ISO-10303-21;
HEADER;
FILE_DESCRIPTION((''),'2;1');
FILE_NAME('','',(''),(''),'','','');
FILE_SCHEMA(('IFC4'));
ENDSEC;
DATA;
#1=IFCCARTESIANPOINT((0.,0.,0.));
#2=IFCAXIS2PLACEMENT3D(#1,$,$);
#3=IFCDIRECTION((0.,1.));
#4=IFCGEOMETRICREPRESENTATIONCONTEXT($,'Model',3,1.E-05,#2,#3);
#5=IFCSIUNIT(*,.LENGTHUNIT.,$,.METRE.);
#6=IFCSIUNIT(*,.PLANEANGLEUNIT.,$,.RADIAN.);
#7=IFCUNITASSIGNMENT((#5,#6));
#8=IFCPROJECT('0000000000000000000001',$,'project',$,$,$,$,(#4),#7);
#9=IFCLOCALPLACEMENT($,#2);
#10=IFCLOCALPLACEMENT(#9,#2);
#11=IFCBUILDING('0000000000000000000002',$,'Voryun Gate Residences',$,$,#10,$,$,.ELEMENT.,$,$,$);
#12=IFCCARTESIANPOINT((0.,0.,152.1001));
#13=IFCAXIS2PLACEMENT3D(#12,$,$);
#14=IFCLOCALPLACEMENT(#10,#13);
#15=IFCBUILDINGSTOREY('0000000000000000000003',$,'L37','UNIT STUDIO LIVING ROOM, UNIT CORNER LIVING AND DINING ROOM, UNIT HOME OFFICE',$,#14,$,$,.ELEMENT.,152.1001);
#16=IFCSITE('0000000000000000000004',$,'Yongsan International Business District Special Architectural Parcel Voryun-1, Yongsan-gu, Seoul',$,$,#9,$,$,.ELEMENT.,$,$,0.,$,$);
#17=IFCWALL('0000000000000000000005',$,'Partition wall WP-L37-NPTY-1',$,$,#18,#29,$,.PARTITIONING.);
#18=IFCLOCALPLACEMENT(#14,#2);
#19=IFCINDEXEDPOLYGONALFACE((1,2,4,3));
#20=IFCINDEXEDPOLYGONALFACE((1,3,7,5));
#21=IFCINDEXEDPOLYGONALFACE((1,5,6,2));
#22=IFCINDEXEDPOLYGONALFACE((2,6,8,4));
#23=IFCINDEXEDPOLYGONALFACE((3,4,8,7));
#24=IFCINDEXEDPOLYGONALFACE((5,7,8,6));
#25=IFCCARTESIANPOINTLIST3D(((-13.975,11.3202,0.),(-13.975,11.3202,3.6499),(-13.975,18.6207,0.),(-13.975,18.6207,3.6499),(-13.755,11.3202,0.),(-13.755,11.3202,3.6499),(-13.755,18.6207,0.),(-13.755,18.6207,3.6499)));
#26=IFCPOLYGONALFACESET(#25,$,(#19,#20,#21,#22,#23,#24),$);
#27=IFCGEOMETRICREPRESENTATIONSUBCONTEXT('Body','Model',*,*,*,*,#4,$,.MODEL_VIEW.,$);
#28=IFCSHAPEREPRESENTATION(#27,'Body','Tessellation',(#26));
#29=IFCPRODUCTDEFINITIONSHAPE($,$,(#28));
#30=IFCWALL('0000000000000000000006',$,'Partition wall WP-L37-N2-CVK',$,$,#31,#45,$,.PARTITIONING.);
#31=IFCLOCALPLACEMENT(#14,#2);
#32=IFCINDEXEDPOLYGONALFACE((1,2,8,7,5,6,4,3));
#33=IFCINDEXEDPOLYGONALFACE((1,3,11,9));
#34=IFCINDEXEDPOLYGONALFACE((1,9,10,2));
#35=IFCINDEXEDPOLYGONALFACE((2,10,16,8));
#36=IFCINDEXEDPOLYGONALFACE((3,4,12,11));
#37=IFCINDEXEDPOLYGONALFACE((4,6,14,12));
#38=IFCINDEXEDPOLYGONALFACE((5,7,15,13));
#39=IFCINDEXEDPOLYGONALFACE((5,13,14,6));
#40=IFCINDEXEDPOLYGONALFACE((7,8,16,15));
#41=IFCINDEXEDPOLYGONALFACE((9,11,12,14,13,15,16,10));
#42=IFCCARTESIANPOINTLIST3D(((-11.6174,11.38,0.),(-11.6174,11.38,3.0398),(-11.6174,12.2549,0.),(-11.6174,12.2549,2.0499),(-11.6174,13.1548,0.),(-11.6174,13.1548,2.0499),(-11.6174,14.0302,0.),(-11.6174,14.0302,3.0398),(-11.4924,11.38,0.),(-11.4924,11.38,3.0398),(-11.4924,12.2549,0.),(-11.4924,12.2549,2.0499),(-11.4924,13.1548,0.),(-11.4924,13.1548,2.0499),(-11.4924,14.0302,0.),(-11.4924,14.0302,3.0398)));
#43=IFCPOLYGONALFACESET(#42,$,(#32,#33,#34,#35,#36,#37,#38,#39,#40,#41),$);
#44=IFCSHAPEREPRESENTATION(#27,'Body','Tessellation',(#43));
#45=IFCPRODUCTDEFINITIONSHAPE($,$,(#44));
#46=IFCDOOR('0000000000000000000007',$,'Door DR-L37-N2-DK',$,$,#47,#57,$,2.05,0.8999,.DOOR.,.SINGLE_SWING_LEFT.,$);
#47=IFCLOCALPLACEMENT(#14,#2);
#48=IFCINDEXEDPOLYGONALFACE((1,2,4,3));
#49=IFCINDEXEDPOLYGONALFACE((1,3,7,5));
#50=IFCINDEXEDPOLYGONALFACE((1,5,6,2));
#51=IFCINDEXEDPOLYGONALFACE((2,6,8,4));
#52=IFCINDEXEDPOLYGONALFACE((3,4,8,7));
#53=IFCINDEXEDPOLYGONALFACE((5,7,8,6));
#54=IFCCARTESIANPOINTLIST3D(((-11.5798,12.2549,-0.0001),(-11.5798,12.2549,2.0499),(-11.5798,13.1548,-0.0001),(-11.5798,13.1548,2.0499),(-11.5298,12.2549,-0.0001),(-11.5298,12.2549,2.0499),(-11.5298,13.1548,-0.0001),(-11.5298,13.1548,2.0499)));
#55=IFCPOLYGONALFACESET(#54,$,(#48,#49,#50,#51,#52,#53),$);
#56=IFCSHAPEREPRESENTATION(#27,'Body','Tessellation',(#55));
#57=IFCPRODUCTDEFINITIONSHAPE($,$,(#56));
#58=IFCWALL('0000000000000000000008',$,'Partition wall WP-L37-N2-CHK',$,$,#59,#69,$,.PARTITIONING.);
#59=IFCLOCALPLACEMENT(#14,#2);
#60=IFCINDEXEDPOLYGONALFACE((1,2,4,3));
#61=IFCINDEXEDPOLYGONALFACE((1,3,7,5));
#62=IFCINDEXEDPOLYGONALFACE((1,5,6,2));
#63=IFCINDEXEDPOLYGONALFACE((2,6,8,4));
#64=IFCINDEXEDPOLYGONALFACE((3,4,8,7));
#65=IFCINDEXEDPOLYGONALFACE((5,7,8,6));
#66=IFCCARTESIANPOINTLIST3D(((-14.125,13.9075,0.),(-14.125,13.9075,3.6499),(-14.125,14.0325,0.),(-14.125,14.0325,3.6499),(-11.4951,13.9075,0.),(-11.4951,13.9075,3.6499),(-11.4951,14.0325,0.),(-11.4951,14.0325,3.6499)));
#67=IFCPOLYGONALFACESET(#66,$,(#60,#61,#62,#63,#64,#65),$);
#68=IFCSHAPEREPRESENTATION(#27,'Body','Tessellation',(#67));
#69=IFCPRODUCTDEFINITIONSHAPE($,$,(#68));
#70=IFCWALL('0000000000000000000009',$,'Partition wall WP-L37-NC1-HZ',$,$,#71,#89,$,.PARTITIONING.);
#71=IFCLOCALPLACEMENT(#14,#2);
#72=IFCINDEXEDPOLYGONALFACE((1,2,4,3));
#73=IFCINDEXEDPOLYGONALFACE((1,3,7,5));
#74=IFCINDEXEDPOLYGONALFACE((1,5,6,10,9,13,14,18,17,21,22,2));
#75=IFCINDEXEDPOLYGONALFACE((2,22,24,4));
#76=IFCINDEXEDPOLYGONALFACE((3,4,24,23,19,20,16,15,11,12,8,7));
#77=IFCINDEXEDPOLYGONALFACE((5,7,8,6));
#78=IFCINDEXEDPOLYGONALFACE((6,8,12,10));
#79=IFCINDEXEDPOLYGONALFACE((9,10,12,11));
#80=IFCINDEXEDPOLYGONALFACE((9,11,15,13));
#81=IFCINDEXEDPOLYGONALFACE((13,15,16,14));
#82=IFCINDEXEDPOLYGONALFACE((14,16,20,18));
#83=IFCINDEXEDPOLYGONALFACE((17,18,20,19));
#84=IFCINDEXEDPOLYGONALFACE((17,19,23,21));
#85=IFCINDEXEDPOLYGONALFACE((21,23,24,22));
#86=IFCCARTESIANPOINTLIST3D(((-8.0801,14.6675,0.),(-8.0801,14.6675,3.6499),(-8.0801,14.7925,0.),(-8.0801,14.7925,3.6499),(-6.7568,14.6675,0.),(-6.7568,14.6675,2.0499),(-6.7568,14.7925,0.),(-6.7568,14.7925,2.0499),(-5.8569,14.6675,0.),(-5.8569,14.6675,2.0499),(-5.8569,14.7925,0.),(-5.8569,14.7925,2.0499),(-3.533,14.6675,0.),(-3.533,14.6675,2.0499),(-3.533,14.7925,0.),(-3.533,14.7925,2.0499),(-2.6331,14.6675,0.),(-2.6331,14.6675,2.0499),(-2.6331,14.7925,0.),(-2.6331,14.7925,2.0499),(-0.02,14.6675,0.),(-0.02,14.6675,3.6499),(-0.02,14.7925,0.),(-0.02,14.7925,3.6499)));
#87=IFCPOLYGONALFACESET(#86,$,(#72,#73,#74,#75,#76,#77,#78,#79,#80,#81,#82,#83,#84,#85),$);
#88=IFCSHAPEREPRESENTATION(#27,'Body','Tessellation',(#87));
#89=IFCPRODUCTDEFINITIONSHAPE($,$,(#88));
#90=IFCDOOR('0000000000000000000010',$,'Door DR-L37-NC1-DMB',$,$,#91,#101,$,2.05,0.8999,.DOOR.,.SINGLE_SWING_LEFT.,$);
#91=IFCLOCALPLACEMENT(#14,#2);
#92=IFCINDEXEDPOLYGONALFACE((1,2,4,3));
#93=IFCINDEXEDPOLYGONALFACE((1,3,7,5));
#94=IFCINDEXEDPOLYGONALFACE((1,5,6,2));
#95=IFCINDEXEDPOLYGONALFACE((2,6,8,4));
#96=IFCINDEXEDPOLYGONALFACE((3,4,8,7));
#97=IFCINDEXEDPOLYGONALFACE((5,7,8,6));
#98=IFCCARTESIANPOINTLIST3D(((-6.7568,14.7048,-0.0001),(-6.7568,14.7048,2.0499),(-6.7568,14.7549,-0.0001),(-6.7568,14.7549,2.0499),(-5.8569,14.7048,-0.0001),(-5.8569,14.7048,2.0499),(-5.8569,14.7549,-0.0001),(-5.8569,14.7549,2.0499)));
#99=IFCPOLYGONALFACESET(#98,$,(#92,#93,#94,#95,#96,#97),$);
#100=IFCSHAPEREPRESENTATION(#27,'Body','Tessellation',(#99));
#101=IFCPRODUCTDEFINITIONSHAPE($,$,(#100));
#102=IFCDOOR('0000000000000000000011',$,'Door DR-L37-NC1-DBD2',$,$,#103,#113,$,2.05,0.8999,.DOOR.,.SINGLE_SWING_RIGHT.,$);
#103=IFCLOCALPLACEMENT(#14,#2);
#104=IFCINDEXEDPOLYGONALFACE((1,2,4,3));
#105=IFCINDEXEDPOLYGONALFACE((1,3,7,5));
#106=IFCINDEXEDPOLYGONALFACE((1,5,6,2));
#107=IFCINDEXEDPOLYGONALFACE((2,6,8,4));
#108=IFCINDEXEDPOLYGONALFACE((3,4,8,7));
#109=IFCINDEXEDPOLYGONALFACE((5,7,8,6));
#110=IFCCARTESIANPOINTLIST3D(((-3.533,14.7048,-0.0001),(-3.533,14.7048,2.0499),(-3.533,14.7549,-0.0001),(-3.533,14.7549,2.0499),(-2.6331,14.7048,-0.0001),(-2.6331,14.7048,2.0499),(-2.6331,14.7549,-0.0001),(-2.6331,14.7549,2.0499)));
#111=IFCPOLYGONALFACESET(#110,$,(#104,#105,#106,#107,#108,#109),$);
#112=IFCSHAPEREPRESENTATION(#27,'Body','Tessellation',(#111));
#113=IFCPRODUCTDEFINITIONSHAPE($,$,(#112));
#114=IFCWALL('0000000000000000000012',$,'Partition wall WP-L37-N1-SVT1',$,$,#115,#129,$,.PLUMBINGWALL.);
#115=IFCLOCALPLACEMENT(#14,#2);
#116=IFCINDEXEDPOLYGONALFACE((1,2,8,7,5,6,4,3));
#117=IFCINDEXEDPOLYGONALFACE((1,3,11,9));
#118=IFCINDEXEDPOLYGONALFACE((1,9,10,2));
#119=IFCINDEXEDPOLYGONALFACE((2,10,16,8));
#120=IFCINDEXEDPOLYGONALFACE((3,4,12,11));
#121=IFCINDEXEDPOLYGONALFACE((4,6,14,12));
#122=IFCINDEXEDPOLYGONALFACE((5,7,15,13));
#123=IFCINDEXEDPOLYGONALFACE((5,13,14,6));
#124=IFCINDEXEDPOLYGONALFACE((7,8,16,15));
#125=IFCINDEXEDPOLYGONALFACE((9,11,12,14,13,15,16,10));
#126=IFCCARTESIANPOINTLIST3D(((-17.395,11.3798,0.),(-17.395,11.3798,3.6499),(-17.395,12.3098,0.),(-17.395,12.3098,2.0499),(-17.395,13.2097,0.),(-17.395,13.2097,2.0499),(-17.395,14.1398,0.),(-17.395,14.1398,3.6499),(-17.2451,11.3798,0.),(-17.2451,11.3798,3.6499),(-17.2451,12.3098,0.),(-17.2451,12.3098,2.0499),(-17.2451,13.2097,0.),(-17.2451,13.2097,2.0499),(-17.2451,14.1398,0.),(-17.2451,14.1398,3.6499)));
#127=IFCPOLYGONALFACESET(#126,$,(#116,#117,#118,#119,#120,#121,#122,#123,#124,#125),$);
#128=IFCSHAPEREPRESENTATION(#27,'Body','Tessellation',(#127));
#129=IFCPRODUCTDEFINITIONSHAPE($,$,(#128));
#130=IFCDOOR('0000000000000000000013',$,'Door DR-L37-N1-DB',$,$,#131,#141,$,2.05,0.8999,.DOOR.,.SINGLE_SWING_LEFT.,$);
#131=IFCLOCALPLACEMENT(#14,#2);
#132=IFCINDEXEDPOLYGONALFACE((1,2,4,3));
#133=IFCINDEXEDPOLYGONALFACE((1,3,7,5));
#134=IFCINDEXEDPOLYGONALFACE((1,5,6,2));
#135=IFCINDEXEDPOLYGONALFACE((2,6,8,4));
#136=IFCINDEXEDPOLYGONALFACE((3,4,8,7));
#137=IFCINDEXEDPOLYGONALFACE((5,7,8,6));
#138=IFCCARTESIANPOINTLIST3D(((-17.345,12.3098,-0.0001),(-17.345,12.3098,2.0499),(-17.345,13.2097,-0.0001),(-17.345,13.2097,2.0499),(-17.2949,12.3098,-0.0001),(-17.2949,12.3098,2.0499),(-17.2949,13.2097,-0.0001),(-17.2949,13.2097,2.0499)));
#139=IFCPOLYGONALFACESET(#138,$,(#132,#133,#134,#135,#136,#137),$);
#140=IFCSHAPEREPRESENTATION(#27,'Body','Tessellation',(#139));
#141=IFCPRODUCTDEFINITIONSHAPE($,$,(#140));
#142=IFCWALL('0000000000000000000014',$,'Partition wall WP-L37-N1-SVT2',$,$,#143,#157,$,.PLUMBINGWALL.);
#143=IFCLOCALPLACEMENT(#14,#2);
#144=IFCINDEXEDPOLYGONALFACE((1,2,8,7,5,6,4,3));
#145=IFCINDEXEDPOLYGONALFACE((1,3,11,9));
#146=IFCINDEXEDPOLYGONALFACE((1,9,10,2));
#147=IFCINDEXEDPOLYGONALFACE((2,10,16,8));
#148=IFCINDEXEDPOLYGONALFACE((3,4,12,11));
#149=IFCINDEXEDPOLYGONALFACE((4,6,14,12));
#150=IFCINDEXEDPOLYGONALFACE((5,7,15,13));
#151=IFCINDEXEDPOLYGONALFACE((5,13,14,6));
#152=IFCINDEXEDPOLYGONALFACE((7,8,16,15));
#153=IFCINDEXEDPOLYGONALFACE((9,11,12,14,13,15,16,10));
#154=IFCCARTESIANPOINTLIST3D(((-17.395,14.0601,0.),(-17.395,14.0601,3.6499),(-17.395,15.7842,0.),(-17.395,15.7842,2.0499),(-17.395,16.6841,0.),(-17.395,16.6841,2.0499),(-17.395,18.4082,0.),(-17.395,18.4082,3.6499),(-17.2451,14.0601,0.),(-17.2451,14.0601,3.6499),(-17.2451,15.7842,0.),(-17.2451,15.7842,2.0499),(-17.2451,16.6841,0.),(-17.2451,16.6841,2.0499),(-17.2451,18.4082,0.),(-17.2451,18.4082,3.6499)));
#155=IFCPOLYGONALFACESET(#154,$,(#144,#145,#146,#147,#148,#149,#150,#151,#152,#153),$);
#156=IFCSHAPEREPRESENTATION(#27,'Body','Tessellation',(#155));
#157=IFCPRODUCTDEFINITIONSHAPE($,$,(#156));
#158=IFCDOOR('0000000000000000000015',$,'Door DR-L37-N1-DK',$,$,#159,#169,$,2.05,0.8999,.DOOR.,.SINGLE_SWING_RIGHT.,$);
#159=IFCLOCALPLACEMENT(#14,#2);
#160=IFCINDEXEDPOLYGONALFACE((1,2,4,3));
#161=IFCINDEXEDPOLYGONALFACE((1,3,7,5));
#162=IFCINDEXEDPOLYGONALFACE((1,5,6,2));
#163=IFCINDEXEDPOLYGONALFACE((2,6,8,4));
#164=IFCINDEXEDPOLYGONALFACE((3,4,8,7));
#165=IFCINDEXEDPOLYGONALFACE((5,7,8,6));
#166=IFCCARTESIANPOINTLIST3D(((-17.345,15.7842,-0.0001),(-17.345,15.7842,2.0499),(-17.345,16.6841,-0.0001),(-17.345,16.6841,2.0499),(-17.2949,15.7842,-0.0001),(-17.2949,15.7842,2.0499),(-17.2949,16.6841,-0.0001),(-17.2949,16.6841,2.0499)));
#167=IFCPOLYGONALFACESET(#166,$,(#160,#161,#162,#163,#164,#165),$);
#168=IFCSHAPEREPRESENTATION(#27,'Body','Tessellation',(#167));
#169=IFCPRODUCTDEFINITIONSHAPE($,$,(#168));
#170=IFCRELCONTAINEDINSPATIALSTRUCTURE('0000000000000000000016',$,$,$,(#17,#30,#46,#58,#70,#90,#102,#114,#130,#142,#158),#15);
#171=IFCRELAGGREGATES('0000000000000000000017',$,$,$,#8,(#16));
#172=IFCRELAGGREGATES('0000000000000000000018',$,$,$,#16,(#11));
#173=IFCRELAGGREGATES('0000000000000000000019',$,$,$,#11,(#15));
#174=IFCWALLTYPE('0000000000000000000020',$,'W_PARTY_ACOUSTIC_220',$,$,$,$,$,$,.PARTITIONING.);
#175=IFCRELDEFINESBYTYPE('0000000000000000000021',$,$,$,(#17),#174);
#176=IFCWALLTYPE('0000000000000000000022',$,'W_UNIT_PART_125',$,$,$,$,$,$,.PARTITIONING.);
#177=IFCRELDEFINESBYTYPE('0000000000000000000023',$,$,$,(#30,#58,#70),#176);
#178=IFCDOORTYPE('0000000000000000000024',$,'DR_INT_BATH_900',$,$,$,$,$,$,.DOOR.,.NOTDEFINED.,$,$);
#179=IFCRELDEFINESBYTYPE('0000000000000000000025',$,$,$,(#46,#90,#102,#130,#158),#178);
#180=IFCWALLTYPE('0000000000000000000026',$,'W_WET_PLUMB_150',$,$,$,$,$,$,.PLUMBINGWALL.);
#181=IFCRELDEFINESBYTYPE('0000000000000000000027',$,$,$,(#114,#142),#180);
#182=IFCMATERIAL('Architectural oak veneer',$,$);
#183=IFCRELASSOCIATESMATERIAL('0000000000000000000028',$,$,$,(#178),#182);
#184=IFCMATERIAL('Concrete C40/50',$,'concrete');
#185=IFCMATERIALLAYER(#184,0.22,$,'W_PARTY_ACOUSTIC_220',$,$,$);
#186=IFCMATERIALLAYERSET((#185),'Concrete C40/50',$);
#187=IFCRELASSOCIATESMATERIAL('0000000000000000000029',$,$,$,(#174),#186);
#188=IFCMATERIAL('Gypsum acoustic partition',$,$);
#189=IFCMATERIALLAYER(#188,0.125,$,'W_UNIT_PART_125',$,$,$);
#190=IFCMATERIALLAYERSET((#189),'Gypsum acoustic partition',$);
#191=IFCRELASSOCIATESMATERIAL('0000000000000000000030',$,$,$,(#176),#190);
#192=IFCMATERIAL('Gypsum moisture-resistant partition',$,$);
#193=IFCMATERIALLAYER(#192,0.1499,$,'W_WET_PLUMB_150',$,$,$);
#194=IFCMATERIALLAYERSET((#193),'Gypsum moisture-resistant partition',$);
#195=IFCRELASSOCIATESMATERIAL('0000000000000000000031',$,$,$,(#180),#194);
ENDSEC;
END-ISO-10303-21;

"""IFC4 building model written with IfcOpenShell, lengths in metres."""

from ifc_helpers import new_model, si_unit, direction, frame, frame_2d, origin, place, context, subcontext, project, spatial, rectangle, extrude, material, layer, layer_set, type_object, element, fill, save


model = new_model("IFC4")

# Units and contexts
model_context = context("Model", 3, precision=1e-05, world=origin(), true_north=direction((0.0, 1.0)))
body_context = subcontext(model_context, "Body", "Model", "MODEL_VIEW")
ifc_project = project(units=[si_unit("LENGTHUNIT", "METRE"), si_unit("PLANEANGLEUNIT", "RADIAN")], contexts=[model_context])

# Site, building, storey
site_placement = place(None, origin())
site = spatial("IfcSite", under=ifc_project, at=site_placement, Name="Yongsan International Business District Special Architectural Parcel Voryun-1, Yongsan-gu, Seoul", CompositionType="ELEMENT", RefElevation=0.0)
building_placement = place(site_placement, origin())
building = spatial("IfcBuilding", under=site, at=building_placement, Name="Voryun Gate Residences", CompositionType="ELEMENT")
storey_placement = place(building_placement, frame((0.0, 0.0, 152.1001)))
storey = spatial("IfcBuildingStorey", under=building, at=storey_placement, Name="L37", Description="UNIT STUDIO LIVING ROOM, UNIT CORNER LIVING AND DINING ROOM, UNIT HOME OFFICE", CompositionType="ELEMENT", Elevation=152.1001)

# Shared definitions
ifc_material_1 = material(Name="Architectural oak veneer")
door_type = type_object("IfcDoorType", Name="DR_INT_BATH_900", OperationType="NOTDEFINED", PredefinedType="DOOR", material=ifc_material_1)

# Wall
ifc_material_2 = material(Name="Concrete C40/50", Category="concrete")
ifc_layer_1 = layer(ifc_material_2, 0.22, Name="W_PARTY_ACOUSTIC_220")
ifc_layer_set_1 = layer_set([ifc_layer_1], Name="Concrete C40/50")
wall_type_1 = type_object("IfcWallType", Name="W_PARTY_ACOUSTIC_220", PredefinedType="PARTITIONING", material=ifc_layer_set_1)
wall_1_placement = place(storey_placement, frame((-13.865, 11.3201, 0.0), z_axis=(0.0, 0.0, 1.0), x_axis=(0.0, 1.0, 0.0)))
element("IfcWall", 1, at=wall_1_placement, inside=storey, type_object=wall_type_1, Name="Partition wall WP-L37-NPTY-1", PredefinedType="PARTITIONING", context=body_context, shape_type="SweptSolid", body=[
    extrude(rectangle(XDim=7.3005, YDim=0.22, at=frame_2d((3.6504, 0.0))), origin(), (0.0, 0.0, 1.0), 3.6499),
])

# Wall, opening, door
ifc_material_3 = material(Name="Gypsum acoustic partition")
ifc_layer_2 = layer(ifc_material_3, 0.125, Name="W_UNIT_PART_125")
ifc_layer_set_2 = layer_set([ifc_layer_2], Name="Gypsum acoustic partition")
wall_type_2 = type_object("IfcWallType", Name="W_UNIT_PART_125", PredefinedType="PARTITIONING", material=ifc_layer_set_2)
wall_2_placement = place(storey_placement, frame((-11.5549, 11.3799, 0.0), z_axis=(0.0, 0.0, 1.0), x_axis=(0.0, 1.0, 0.0)))
wall_2 = element("IfcWall", 2, at=wall_2_placement, inside=storey, type_object=wall_type_2, Name="Partition wall WP-L37-N2-CVK", PredefinedType="PARTITIONING", context=body_context, shape_type="SweptSolid", body=[
    extrude(rectangle(XDim=2.6501, YDim=0.125, at=frame_2d((1.3252, 0.0))), origin(), (0.0, 0.0, 1.0), 3.0398),
])
opening_1_placement = place(wall_2_placement, frame((0.875, 0.0, 0.0)))
opening_1 = element("IfcOpeningElement", 3, at=opening_1_placement, cuts=wall_2, PredefinedType="OPENING", context=body_context, shape_type="SweptSolid", body=[
    extrude(rectangle(XDim=0.8999, YDim=2.05, at=frame_2d((0.45, 1.0249))), frame((0.0, 0.0725, 0.0), z_axis=(0.0, -1.0, 0.0), x_axis=(1.0, 0.0, 0.0)), (0.0, 0.0, 1.0), 0.145),
])
door_1_placement = place(opening_1_placement, origin())
door_1 = element("IfcDoor", 4, at=door_1_placement, inside=storey, type_object=door_type, Name="Door DR-L37-N2-DK", OperationType="SINGLE_SWING_LEFT", OverallHeight=2.05, OverallWidth=0.8999, PredefinedType="DOOR", context=body_context, shape_type="SweptSolid", body=[
    extrude(rectangle(XDim=0.8999, YDim=2.05, at=frame_2d((0.45, 1.0249))), frame((0.0, 0.0249, 0.0), z_axis=(0.0, -1.0, 0.0), x_axis=(1.0, 0.0, 0.0)), (0.0, 0.0, 1.0), 0.05),
])
fill(opening_1, door_1)

# Wall
wall_3_placement = place(storey_placement, frame((-14.125, 13.97, 0.0), z_axis=(0.0, 0.0, 1.0), x_axis=(1.0, 0.0, 0.0)))
element("IfcWall", 5, at=wall_3_placement, inside=storey, type_object=wall_type_2, Name="Partition wall WP-L37-N2-CHK", PredefinedType="PARTITIONING", context=body_context, shape_type="SweptSolid", body=[
    extrude(rectangle(XDim=2.6299, YDim=0.125, at=frame_2d((1.3149, 0.0))), origin(), (0.0, 0.0, 1.0), 3.6499),
])

# Wall, openings, doors
wall_4_placement = place(storey_placement, frame((-8.0801, 14.73, 0.0), z_axis=(0.0, 0.0, 1.0), x_axis=(1.0, 0.0, 0.0)))
wall_4 = element("IfcWall", 6, at=wall_4_placement, inside=storey, type_object=wall_type_2, Name="Partition wall WP-L37-NC1-HZ", PredefinedType="PARTITIONING", context=body_context, shape_type="SweptSolid", body=[
    extrude(rectangle(XDim=8.0601, YDim=0.125, at=frame_2d((4.03, 0.0))), origin(), (0.0, 0.0, 1.0), 3.6499),
])
opening_2_placement = place(wall_4_placement, frame((1.3232, 0.0, 0.0)))
opening_2 = element("IfcOpeningElement", 7, at=opening_2_placement, cuts=wall_4, PredefinedType="OPENING", context=body_context, shape_type="SweptSolid", body=[
    extrude(rectangle(XDim=0.8999, YDim=2.05, at=frame_2d((0.45, 1.0249))), frame((0.0, 0.0725, 0.0), z_axis=(0.0, -1.0, 0.0), x_axis=(1.0, 0.0, 0.0)), (0.0, 0.0, 1.0), 0.145),
])
opening_3_placement = place(wall_4_placement, frame((4.5471, 0.0, 0.0)))
opening_3 = element("IfcOpeningElement", 8, at=opening_3_placement, cuts=wall_4, PredefinedType="OPENING", context=body_context, shape_type="SweptSolid", body=[
    extrude(rectangle(XDim=0.8999, YDim=2.05, at=frame_2d((0.45, 1.0249))), frame((0.0, 0.0725, 0.0), z_axis=(0.0, -1.0, 0.0), x_axis=(1.0, 0.0, 0.0)), (0.0, 0.0, 1.0), 0.145),
])
door_2_placement = place(opening_2_placement, origin())
door_2 = element("IfcDoor", 9, at=door_2_placement, inside=storey, type_object=door_type, Name="Door DR-L37-NC1-DMB", OperationType="SINGLE_SWING_LEFT", OverallHeight=2.05, OverallWidth=0.8999, PredefinedType="DOOR", context=body_context, shape_type="SweptSolid", body=[
    extrude(rectangle(XDim=0.8999, YDim=2.05, at=frame_2d((0.45, 1.0249))), frame((0.0, 0.0249, 0.0), z_axis=(0.0, -1.0, 0.0), x_axis=(1.0, 0.0, 0.0)), (0.0, 0.0, 1.0), 0.05),
])
fill(opening_2, door_2)
door_3_placement = place(opening_3_placement, origin())
door_3 = element("IfcDoor", 10, at=door_3_placement, inside=storey, type_object=door_type, Name="Door DR-L37-NC1-DBD2", OperationType="SINGLE_SWING_RIGHT", OverallHeight=2.05, OverallWidth=0.8999, PredefinedType="DOOR", context=body_context, shape_type="SweptSolid", body=[
    extrude(rectangle(XDim=0.8999, YDim=2.05, at=frame_2d((0.45, 1.0249))), frame((0.0, 0.0249, 0.0), z_axis=(0.0, -1.0, 0.0), x_axis=(1.0, 0.0, 0.0)), (0.0, 0.0, 1.0), 0.05),
])
fill(opening_3, door_3)

# Walls, openings, doors
ifc_material_4 = material(Name="Gypsum moisture-resistant partition")
ifc_layer_3 = layer(ifc_material_4, 0.1499, Name="W_WET_PLUMB_150")
ifc_layer_set_3 = layer_set([ifc_layer_3], Name="Gypsum moisture-resistant partition")
wall_type_3 = type_object("IfcWallType", Name="W_WET_PLUMB_150", PredefinedType="PLUMBINGWALL", material=ifc_layer_set_3)
wall_5_placement = place(storey_placement, frame((-17.3201, 11.3799, 0.0), z_axis=(0.0, 0.0, 1.0), x_axis=(0.0, 1.0, 0.0)))
wall_5 = element("IfcWall", 11, at=wall_5_placement, inside=storey, type_object=wall_type_3, Name="Partition wall WP-L37-N1-SVT1", PredefinedType="PLUMBINGWALL", context=body_context, shape_type="SweptSolid", body=[
    extrude(rectangle(XDim=2.76, YDim=0.1499, at=frame_2d((1.3799, 0.0))), origin(), (0.0, 0.0, 1.0), 3.6499),
])
opening_4_placement = place(wall_5_placement, frame((0.9299, 0.0, 0.0)))
opening_4 = element("IfcOpeningElement", 12, at=opening_4_placement, cuts=wall_5, PredefinedType="OPENING", context=body_context, shape_type="SweptSolid", body=[
    extrude(rectangle(XDim=0.8999, YDim=2.05, at=frame_2d((0.45, 1.0249))), frame((0.0, 0.085, 0.0), z_axis=(0.0, -1.0, 0.0), x_axis=(1.0, 0.0, 0.0)), (0.0, 0.0, 1.0), 0.1699),
])
door_4_placement = place(opening_4_placement, origin())
door_4 = element("IfcDoor", 13, at=door_4_placement, inside=storey, type_object=door_type, Name="Door DR-L37-N1-DB", OperationType="SINGLE_SWING_LEFT", OverallHeight=2.05, OverallWidth=0.8999, PredefinedType="DOOR", context=body_context, shape_type="SweptSolid", body=[
    extrude(rectangle(XDim=0.8999, YDim=2.05, at=frame_2d((0.45, 1.0249))), frame((0.0, 0.0249, 0.0), z_axis=(0.0, -1.0, 0.0), x_axis=(1.0, 0.0, 0.0)), (0.0, 0.0, 1.0), 0.05),
])
fill(opening_4, door_4)
wall_6_placement = place(storey_placement, frame((-17.3201, 14.0601, 0.0), z_axis=(0.0, 0.0, 1.0), x_axis=(0.0, 1.0, 0.0)))
wall_6 = element("IfcWall", 14, at=wall_6_placement, inside=storey, type_object=wall_type_3, Name="Partition wall WP-L37-N1-SVT2", PredefinedType="PLUMBINGWALL", context=body_context, shape_type="SweptSolid", body=[
    extrude(rectangle(XDim=4.3481, YDim=0.1499, at=frame_2d((2.1741, 0.0))), origin(), (0.0, 0.0, 1.0), 3.6499),
])
opening_5_placement = place(wall_6_placement, frame((1.7241, 0.0, 0.0)))
opening_5 = element("IfcOpeningElement", 15, at=opening_5_placement, cuts=wall_6, PredefinedType="OPENING", context=body_context, shape_type="SweptSolid", body=[
    extrude(rectangle(XDim=0.8999, YDim=2.05, at=frame_2d((0.45, 1.0249))), frame((0.0, 0.085, 0.0), z_axis=(0.0, -1.0, 0.0), x_axis=(1.0, 0.0, 0.0)), (0.0, 0.0, 1.0), 0.1699),
])
door_5_placement = place(opening_5_placement, origin())
door_5 = element("IfcDoor", 16, at=door_5_placement, inside=storey, type_object=door_type, Name="Door DR-L37-N1-DK", OperationType="SINGLE_SWING_RIGHT", OverallHeight=2.05, OverallWidth=0.8999, PredefinedType="DOOR", context=body_context, shape_type="SweptSolid", body=[
    extrude(rectangle(XDim=0.8999, YDim=2.05, at=frame_2d((0.45, 1.0249))), frame((0.0, 0.0249, 0.0), z_axis=(0.0, -1.0, 0.0), x_axis=(1.0, 0.0, 0.0)), (0.0, 0.0, 1.0), 0.05),
])
fill(opening_5, door_5)

save(model, "model.ifc")
